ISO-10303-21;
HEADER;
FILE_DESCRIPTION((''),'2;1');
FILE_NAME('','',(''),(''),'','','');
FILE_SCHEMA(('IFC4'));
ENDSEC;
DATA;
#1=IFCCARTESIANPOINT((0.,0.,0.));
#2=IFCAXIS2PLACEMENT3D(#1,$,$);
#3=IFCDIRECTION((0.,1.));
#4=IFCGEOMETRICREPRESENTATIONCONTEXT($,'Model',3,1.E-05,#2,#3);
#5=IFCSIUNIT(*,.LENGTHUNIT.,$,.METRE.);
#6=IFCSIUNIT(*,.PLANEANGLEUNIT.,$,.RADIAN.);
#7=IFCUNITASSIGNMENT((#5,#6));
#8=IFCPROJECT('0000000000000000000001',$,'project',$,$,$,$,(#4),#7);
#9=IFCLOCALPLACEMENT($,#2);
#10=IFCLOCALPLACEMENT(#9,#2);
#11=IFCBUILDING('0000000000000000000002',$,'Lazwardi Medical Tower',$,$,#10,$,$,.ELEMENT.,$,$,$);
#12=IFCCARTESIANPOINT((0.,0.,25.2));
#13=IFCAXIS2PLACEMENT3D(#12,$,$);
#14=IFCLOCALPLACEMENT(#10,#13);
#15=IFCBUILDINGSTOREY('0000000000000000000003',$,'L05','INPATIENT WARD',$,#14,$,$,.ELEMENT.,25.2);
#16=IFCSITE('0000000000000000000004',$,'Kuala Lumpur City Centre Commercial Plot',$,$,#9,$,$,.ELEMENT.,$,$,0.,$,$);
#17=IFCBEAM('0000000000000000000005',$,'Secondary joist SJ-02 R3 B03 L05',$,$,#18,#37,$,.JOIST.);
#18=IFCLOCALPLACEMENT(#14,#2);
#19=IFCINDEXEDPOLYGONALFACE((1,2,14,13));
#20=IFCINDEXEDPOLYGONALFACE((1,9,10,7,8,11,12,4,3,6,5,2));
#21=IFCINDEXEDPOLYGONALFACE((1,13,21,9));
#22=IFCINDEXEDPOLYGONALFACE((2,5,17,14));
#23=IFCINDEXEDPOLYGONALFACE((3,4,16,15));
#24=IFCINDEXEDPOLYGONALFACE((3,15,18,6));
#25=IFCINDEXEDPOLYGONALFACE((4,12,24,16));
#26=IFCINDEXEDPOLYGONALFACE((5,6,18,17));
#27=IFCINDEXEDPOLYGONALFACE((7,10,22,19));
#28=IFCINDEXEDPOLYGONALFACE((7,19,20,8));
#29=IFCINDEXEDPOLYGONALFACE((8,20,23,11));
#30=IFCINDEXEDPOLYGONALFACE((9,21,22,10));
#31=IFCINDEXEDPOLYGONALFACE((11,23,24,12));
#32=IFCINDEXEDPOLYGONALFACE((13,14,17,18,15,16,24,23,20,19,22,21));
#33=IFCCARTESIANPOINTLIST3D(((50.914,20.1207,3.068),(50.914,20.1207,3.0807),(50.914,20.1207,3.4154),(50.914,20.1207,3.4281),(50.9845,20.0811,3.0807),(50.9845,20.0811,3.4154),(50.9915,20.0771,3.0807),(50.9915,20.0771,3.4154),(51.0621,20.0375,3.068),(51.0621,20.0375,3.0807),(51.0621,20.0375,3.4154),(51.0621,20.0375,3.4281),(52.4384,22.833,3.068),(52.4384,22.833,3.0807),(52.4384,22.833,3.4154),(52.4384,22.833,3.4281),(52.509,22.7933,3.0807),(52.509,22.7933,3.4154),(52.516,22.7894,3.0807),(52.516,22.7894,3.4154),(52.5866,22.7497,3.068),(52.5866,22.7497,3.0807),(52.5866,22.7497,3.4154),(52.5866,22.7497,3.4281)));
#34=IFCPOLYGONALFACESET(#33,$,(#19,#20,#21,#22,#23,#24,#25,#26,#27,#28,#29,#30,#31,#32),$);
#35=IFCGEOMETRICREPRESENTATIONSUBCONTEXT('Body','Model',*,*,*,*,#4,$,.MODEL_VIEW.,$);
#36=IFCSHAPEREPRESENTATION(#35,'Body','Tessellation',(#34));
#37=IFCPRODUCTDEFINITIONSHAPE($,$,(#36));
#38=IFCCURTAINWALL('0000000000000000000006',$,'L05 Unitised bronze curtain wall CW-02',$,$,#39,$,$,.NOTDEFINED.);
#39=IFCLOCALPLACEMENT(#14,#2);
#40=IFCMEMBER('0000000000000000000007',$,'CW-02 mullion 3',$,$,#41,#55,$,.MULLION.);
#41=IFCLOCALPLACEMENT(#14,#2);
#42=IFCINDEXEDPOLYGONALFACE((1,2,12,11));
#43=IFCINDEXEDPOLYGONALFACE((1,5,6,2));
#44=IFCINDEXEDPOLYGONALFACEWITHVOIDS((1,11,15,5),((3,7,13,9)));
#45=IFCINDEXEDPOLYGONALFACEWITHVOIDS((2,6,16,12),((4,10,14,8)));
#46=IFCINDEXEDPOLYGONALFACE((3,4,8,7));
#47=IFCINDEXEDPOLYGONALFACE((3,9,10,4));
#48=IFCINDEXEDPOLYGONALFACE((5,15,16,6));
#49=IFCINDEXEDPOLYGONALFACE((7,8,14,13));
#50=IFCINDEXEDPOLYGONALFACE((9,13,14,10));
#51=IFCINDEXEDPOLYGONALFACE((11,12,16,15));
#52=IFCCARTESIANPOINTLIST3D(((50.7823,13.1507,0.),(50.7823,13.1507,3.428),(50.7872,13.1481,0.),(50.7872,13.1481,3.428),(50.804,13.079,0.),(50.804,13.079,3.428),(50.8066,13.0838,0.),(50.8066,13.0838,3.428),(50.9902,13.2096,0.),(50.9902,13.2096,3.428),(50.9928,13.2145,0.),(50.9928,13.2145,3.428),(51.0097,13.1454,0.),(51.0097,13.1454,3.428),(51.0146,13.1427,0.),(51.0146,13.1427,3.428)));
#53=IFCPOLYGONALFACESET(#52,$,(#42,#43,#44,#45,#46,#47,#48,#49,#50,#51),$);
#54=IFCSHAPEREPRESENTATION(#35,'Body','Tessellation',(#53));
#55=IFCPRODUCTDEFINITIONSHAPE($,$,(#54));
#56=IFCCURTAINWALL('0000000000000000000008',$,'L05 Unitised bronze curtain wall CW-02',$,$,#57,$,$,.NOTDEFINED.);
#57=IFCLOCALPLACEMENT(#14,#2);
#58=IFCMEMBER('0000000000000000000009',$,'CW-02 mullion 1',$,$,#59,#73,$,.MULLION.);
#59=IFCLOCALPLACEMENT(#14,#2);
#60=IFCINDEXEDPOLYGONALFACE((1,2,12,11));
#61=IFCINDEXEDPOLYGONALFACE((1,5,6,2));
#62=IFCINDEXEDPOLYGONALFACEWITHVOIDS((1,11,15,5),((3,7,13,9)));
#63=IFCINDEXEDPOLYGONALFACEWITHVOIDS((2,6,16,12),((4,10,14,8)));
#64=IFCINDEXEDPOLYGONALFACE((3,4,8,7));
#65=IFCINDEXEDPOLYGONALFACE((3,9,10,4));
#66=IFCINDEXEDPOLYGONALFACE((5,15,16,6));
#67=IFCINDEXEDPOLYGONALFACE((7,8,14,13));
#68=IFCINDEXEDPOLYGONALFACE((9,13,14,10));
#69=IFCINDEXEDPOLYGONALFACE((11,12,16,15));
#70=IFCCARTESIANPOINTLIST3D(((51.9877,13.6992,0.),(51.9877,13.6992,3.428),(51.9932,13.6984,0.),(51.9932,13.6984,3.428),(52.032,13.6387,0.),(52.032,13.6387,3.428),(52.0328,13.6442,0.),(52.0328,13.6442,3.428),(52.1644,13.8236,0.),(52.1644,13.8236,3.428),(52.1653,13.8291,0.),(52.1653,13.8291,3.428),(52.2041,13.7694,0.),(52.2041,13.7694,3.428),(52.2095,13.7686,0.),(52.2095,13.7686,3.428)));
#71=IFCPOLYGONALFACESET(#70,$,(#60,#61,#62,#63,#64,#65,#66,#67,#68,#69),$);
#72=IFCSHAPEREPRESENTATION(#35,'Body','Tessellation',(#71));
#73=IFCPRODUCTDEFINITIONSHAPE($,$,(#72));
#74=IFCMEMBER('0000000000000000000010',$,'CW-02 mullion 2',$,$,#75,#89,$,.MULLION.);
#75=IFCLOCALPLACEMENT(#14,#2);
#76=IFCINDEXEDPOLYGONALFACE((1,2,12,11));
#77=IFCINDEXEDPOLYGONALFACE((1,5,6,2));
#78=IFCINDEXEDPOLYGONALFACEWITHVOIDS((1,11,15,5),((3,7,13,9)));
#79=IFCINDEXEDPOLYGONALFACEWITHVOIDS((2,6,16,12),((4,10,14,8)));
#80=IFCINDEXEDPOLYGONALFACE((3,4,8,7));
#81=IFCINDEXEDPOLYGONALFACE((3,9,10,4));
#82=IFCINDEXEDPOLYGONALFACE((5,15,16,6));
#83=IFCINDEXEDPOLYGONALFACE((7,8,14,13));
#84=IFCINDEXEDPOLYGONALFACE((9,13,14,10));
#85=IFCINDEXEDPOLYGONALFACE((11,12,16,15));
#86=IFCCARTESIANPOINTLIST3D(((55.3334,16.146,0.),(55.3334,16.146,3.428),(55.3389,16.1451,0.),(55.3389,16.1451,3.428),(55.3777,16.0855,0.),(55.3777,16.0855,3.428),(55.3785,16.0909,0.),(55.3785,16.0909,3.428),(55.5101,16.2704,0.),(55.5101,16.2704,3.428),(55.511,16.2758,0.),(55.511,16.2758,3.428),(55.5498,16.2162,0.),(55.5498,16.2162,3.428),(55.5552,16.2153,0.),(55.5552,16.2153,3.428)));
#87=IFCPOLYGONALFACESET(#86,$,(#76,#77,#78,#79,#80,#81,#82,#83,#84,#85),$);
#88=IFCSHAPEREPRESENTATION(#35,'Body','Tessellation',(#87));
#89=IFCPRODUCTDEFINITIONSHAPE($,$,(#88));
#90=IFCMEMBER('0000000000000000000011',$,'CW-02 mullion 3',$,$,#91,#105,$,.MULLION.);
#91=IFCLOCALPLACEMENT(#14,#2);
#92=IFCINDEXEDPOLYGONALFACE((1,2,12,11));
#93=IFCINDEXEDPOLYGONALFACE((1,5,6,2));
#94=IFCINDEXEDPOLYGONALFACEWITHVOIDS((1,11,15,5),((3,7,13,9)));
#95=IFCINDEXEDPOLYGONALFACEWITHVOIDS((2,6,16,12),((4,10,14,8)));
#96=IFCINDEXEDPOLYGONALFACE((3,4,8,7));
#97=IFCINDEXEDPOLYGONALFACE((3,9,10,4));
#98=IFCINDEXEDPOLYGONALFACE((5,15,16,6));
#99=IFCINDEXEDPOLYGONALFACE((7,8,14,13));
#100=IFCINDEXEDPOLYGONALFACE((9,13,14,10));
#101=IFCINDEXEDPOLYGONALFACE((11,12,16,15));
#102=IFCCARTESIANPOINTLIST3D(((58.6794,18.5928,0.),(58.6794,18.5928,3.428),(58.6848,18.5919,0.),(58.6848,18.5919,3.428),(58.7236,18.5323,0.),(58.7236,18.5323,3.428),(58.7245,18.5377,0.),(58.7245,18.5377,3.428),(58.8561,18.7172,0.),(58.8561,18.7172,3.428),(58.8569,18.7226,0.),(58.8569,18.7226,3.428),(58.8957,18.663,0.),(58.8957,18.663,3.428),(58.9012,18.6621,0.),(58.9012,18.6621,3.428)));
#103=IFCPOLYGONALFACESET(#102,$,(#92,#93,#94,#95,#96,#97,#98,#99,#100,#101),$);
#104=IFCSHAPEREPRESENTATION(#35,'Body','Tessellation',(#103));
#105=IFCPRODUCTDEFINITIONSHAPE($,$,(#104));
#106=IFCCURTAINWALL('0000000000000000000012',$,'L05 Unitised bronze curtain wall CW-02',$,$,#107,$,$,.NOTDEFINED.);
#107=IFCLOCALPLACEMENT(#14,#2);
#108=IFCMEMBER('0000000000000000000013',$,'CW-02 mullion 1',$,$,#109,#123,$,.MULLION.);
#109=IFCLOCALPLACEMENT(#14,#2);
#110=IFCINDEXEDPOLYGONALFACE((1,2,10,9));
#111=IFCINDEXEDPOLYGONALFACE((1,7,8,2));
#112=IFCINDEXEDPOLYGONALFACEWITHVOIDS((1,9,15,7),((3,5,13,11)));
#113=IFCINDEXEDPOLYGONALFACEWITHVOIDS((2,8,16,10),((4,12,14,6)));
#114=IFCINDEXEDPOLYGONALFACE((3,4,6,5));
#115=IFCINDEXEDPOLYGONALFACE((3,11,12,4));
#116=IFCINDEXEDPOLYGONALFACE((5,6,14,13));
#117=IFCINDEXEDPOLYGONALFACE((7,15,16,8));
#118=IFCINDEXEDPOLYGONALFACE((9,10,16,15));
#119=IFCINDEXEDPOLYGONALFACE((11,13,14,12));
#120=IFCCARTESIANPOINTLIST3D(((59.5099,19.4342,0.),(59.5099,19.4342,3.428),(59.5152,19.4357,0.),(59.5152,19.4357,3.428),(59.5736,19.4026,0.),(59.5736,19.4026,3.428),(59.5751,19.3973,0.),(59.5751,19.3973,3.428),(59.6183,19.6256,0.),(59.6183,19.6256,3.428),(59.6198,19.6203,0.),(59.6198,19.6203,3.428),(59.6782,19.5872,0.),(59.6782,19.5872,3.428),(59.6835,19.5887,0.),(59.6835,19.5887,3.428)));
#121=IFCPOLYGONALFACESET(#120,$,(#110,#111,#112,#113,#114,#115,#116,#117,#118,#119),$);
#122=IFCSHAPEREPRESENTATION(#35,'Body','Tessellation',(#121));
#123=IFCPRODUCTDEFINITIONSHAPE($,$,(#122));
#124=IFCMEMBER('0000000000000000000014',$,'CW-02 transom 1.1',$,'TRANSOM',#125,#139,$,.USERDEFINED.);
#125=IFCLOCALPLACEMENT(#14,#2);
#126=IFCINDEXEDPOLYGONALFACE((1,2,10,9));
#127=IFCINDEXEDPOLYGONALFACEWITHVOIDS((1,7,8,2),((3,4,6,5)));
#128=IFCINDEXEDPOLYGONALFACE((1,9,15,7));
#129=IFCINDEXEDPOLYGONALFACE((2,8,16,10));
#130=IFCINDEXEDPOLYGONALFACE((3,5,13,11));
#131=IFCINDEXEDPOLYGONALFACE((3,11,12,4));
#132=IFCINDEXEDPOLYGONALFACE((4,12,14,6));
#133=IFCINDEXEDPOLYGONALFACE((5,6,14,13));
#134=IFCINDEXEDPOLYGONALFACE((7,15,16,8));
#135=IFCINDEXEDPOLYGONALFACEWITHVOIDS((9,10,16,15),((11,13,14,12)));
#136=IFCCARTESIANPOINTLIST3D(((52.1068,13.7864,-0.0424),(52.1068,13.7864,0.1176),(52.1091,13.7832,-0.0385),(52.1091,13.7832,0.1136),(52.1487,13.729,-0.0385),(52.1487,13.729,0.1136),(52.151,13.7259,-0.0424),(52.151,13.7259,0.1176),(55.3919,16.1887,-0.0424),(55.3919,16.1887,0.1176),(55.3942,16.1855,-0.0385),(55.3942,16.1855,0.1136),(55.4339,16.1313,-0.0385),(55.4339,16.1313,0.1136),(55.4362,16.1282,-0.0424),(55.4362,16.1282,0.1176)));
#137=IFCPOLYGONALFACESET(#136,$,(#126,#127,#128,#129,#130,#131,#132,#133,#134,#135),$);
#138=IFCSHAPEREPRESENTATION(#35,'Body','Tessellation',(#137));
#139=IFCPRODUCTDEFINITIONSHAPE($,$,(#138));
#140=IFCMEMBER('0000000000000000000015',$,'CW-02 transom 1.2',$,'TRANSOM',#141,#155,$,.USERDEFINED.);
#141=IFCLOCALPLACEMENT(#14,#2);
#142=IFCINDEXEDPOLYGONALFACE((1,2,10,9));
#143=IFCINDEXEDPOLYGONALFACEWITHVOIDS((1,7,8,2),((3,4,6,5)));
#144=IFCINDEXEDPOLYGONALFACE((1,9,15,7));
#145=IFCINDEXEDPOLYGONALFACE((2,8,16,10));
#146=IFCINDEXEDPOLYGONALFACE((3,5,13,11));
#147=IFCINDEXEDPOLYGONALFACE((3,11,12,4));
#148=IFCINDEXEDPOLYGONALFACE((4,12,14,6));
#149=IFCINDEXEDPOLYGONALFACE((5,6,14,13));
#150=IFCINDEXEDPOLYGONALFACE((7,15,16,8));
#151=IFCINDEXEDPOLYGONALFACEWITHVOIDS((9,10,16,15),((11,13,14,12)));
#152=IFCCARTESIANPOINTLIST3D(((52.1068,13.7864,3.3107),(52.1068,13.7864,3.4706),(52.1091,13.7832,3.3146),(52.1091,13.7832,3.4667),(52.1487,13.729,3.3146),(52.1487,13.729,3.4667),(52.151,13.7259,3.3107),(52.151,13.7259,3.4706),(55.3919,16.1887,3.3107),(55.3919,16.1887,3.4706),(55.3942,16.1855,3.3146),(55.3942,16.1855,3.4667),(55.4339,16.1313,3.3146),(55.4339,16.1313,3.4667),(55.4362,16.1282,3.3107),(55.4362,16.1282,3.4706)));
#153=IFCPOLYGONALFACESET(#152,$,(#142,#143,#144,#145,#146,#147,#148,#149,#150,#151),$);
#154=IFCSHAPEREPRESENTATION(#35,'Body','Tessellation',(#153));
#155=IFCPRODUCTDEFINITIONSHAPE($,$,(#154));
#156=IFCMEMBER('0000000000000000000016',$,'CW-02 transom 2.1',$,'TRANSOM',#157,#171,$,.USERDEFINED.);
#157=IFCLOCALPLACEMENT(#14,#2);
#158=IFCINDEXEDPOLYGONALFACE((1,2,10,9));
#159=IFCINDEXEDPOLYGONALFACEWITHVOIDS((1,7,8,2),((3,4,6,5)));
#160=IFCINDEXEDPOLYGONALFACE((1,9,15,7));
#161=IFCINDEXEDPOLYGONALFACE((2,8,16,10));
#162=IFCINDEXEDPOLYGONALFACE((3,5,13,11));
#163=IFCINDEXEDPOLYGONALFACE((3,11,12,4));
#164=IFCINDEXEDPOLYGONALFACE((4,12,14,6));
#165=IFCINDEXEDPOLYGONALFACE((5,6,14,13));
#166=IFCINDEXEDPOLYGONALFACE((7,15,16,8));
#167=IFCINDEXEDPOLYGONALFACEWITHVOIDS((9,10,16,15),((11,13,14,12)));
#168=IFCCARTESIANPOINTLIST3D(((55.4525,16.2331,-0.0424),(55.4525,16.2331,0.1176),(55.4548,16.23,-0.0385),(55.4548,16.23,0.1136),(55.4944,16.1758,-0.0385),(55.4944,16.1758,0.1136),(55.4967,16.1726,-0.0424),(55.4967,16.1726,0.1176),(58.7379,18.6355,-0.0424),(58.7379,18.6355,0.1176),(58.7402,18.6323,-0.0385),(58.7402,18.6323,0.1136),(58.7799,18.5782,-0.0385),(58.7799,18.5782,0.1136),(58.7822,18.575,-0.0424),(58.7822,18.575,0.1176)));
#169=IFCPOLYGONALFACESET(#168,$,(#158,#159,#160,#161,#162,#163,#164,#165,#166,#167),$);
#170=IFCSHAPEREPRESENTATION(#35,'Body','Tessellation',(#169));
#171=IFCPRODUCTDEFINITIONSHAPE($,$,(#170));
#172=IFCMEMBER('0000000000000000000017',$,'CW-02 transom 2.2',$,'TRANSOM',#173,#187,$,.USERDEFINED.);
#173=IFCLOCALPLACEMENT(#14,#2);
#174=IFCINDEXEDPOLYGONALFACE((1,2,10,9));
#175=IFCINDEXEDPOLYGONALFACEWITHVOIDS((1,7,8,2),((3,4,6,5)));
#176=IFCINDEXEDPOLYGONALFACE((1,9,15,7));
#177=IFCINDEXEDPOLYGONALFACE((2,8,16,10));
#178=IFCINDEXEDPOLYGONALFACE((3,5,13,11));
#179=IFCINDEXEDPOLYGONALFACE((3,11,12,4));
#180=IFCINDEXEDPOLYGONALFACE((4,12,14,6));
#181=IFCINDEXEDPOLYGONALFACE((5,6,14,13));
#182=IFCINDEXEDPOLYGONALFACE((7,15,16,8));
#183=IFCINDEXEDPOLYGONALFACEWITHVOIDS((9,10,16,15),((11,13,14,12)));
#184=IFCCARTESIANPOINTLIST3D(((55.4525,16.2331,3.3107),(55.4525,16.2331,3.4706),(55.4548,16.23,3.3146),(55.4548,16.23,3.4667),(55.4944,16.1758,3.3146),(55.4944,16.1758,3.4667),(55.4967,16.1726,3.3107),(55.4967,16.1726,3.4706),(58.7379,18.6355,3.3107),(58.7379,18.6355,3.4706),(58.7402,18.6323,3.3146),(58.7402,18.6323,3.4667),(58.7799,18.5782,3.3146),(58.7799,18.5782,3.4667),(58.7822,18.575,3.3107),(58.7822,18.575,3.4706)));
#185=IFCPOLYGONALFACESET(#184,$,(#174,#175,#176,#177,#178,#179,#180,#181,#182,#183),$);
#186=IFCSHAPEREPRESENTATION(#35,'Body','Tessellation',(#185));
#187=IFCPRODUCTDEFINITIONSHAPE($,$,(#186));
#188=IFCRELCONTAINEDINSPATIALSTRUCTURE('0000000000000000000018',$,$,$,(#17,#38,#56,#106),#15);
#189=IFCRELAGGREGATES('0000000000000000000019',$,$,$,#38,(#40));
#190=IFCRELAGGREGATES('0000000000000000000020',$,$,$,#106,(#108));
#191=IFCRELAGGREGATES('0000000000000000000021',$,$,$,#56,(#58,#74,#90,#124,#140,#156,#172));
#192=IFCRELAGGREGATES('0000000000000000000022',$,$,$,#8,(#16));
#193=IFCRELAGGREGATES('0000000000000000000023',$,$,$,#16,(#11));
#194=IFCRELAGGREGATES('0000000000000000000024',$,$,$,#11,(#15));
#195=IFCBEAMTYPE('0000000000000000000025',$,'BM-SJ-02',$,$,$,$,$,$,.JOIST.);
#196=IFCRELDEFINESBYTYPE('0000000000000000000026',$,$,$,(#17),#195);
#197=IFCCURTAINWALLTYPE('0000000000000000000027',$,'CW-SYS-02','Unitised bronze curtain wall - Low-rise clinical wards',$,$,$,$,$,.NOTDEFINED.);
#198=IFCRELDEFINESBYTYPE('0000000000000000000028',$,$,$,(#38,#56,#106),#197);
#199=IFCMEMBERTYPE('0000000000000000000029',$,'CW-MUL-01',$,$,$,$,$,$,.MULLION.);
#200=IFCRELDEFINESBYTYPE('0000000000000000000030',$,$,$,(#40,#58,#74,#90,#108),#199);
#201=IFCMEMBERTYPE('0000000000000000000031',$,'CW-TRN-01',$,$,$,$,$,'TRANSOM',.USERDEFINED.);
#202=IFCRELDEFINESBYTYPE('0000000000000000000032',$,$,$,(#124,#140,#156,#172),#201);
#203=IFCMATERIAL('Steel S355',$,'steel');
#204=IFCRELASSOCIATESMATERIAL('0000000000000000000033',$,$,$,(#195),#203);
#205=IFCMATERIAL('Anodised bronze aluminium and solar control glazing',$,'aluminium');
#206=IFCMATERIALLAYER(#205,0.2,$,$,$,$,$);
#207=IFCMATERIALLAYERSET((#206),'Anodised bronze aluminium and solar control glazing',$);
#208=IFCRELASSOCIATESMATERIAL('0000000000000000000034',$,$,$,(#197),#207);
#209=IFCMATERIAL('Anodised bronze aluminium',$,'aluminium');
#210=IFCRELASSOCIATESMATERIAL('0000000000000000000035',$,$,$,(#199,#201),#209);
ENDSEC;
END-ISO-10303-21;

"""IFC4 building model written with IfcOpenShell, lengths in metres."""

from ifc_helpers import new_model, si_unit, direction, frame, origin, origin_2d, place, context, subcontext, project, spatial, hollow_rectangle, i_section, extrude, material, layer, layer_set, material_profile, profile_set, type_object, element, aggregate, save


model = new_model("IFC4")

# Units and contexts
model_context = context("Model", 3, precision=1e-05, world=origin(), true_north=direction((0.0, 1.0)))
body_context = subcontext(model_context, "Body", "Model", "MODEL_VIEW")
ifc_project = project(units=[si_unit("LENGTHUNIT", "METRE"), si_unit("PLANEANGLEUNIT", "RADIAN")], contexts=[model_context])

# Site, building, storey
site_placement = place(None, origin())
site = spatial("IfcSite", under=ifc_project, at=site_placement, Name="Kuala Lumpur City Centre Commercial Plot", CompositionType="ELEMENT", RefElevation=0.0)
building_placement = place(site_placement, origin())
building = spatial("IfcBuilding", under=site, at=building_placement, Name="Lazwardi Medical Tower", CompositionType="ELEMENT")
storey_placement = place(building_placement, frame((0.0, 0.0, 25.2)))
storey = spatial("IfcBuildingStorey", under=building, at=storey_placement, Name="L05", Description="INPATIENT WARD", CompositionType="ELEMENT", Elevation=25.2)

# Beam
ifc_material_1 = material(Name="Steel S355", Category="steel")
ifc_material_profile_1 = material_profile(ifc_material_1, i_section(OverallWidth=0.1699, OverallDepth=0.3601, WebThickness=0.0081, FlangeThickness=0.0127, at=origin_2d()), Name="IPE 360")
ifc_profile_set_1 = profile_set([ifc_material_profile_1], Name="Steel S355")
beam_type_1 = type_object("IfcBeamType", Name="BM-SJ-02", PredefinedType="JOIST", material=ifc_profile_set_1)
beam_1_placement = place(storey_placement, frame((50.988, 20.0791, 3.248), z_axis=(0.489974, 0.871737, 0.0), x_axis=(-0.871737, 0.489974, 0.0)))
element("IfcBeam", 1, at=beam_1_placement, inside=storey, type_object=beam_type_1, Name="Secondary joist SJ-02 R3 B03 L05", PredefinedType="JOIST", context=body_context, shape_type="SweptSolid", body=[
    extrude(i_section(OverallWidth=0.1699, OverallDepth=0.3601, WebThickness=0.0081, FlangeThickness=0.0127, at=origin_2d()), origin(), (0.0, 0.0, 1.0), 3.1113),
])

# Curtain wall, member
ifc_material_2 = material(Name="Anodised bronze aluminium and solar control glazing", Category="aluminium")
ifc_layer_1 = layer(ifc_material_2, 0.2)
ifc_layer_set_1 = layer_set([ifc_layer_1], Name="Anodised bronze aluminium and solar control glazing")
curtain_wall_type = type_object("IfcCurtainWallType", Name="CW-SYS-02", Description="Unitised bronze curtain wall - Low-rise clinical wards", PredefinedType="NOTDEFINED", material=ifc_layer_set_1)
curtain_wall_1_placement = place(storey_placement, origin())
curtain_wall_1 = element("IfcCurtainWall", 2, at=curtain_wall_1_placement, inside=storey, type_object=curtain_wall_type, Name="L05 Unitised bronze curtain wall CW-02", PredefinedType="NOTDEFINED")
ifc_material_3 = material(Name="Anodised bronze aluminium", Category="aluminium")
ifc_material_profile_2 = material_profile(ifc_material_3, hollow_rectangle(XDim=0.075, YDim=0.22, WallThickness=0.0039, at=origin_2d()), Name="ALU-MULLION 220x75x4")
ifc_profile_set_2 = profile_set([ifc_material_profile_2], Name="Anodised bronze aluminium")
member_type_1 = type_object("IfcMemberType", Name="CW-MUL-01", PredefinedType="MULLION", material=ifc_profile_set_2)
member_1_placement = place(storey_placement, frame((50.8984, 13.1467, 0.0), z_axis=(0.0, 0.0, 1.0), x_axis=(-0.289896, 0.957058, 0.0)))
member_1 = element("IfcMember", 3, at=member_1_placement, type_object=member_type_1, Name="CW-02 mullion 3", PredefinedType="MULLION", context=body_context, shape_type="SweptSolid", body=[
    extrude(hollow_rectangle(XDim=0.075, YDim=0.22, WallThickness=0.0039, at=origin_2d()), origin(), (0.0, 0.0, 1.0), 3.428),
])
aggregate(curtain_wall_1, [member_1])

# Curtain wall, members
curtain_wall_2_placement = place(storey_placement, origin())
curtain_wall_2 = element("IfcCurtainWall", 4, at=curtain_wall_2_placement, inside=storey, type_object=curtain_wall_type, Name="L05 Unitised bronze curtain wall CW-02", PredefinedType="NOTDEFINED")
member_2_placement = place(storey_placement, frame((52.0986, 13.7339, 0.0), z_axis=(0.0, 0.0, 1.0), x_axis=(-0.590289, 0.807192, 0.0)))
member_2 = element("IfcMember", 5, at=member_2_placement, type_object=member_type_1, Name="CW-02 mullion 1", PredefinedType="MULLION", context=body_context, shape_type="SweptSolid", body=[
    extrude(hollow_rectangle(XDim=0.075, YDim=0.22, WallThickness=0.0039, at=origin_2d()), origin(), (0.0, 0.0, 1.0), 3.428),
])
member_3_placement = place(storey_placement, frame((55.4443, 16.1807, 0.0), z_axis=(0.0, 0.0, 1.0), x_axis=(-0.590289, 0.807192, 0.0)))
member_3 = element("IfcMember", 6, at=member_3_placement, type_object=member_type_1, Name="CW-02 mullion 2", PredefinedType="MULLION", context=body_context, shape_type="SweptSolid", body=[
    extrude(hollow_rectangle(XDim=0.075, YDim=0.22, WallThickness=0.0039, at=origin_2d()), origin(), (0.0, 0.0, 1.0), 3.428),
])
member_4_placement = place(storey_placement, frame((58.7903, 18.6274, 0.0), z_axis=(0.0, 0.0, 1.0), x_axis=(-0.590289, 0.807192, 0.0)))
member_4 = element("IfcMember", 7, at=member_4_placement, type_object=member_type_1, Name="CW-02 mullion 3", PredefinedType="MULLION", context=body_context, shape_type="SweptSolid", body=[
    extrude(hollow_rectangle(XDim=0.075, YDim=0.22, WallThickness=0.0039, at=origin_2d()), origin(), (0.0, 0.0, 1.0), 3.428),
])

# Curtain wall, member
curtain_wall_3_placement = place(storey_placement, origin())
curtain_wall_3 = element("IfcCurtainWall", 8, at=curtain_wall_3_placement, inside=storey, type_object=curtain_wall_type, Name="L05 Unitised bronze curtain wall CW-02", PredefinedType="NOTDEFINED")
member_5_placement = place(storey_placement, frame((59.5967, 19.5115, 0.0), z_axis=(0.0, 0.0, 1.0), x_axis=(-0.870112, 0.492854, 0.0)))
member_5 = element("IfcMember", 9, at=member_5_placement, type_object=member_type_1, Name="CW-02 mullion 1", PredefinedType="MULLION", context=body_context, shape_type="SweptSolid", body=[
    extrude(hollow_rectangle(XDim=0.075, YDim=0.22, WallThickness=0.0039, at=origin_2d()), origin(), (0.0, 0.0, 1.0), 3.428),
])

# Members
ifc_material_profile_3 = material_profile(ifc_material_3, hollow_rectangle(XDim=0.075, YDim=0.1599, WallThickness=0.0039, at=origin_2d()), Name="ALU-TRANSOM 160x75x4")
ifc_profile_set_3 = profile_set([ifc_material_profile_3], Name="Anodised bronze aluminium")
member_type_2 = type_object("IfcMemberType", Name="CW-TRN-01", ElementType="TRANSOM", PredefinedType="USERDEFINED", material=ifc_profile_set_3)
member_6_placement = place(storey_placement, frame((52.1289, 13.7561, 0.0376), z_axis=(0.807198, 0.590281, 0.0), x_axis=(-0.590281, 0.807198, 0.0)))
member_6 = element("IfcMember", 10, at=member_6_placement, type_object=member_type_2, Name="CW-02 transom 1.1", ObjectType="TRANSOM", PredefinedType="USERDEFINED", context=body_context, shape_type="SweptSolid", body=[
    extrude(hollow_rectangle(XDim=0.075, YDim=0.1599, WallThickness=0.0039, at=origin_2d()), origin(), (0.0, 0.0, 1.0), 4.0698),
])
member_7_placement = place(storey_placement, frame((52.1289, 13.7561, 3.3906), z_axis=(0.807198, 0.590281, 0.0), x_axis=(-0.590281, 0.807198, 0.0)))
member_7 = element("IfcMember", 11, at=member_7_placement, type_object=member_type_2, Name="CW-02 transom 1.2", ObjectType="TRANSOM", PredefinedType="USERDEFINED", context=body_context, shape_type="SweptSolid", body=[
    extrude(hollow_rectangle(XDim=0.075, YDim=0.1599, WallThickness=0.0039, at=origin_2d()), origin(), (0.0, 0.0, 1.0), 4.0698),
])
member_8_placement = place(storey_placement, frame((55.4746, 16.2029, 0.0376), z_axis=(0.807219, 0.590253, 0.0), x_axis=(-0.590253, 0.807219, 0.0)))
member_8 = element("IfcMember", 12, at=member_8_placement, type_object=member_type_2, Name="CW-02 transom 2.1", ObjectType="TRANSOM", PredefinedType="USERDEFINED", context=body_context, shape_type="SweptSolid", body=[
    extrude(hollow_rectangle(XDim=0.075, YDim=0.1599, WallThickness=0.0039, at=origin_2d()), origin(), (0.0, 0.0, 1.0), 4.0701),
])
member_9_placement = place(storey_placement, frame((55.4746, 16.2029, 3.3906), z_axis=(0.807219, 0.590253, 0.0), x_axis=(-0.590253, 0.807219, 0.0)))
member_9 = element("IfcMember", 13, at=member_9_placement, type_object=member_type_2, Name="CW-02 transom 2.2", ObjectType="TRANSOM", PredefinedType="USERDEFINED", context=body_context, shape_type="SweptSolid", body=[
    extrude(hollow_rectangle(XDim=0.075, YDim=0.1599, WallThickness=0.0039, at=origin_2d()), origin(), (0.0, 0.0, 1.0), 4.0701),
])
aggregate(curtain_wall_3, [member_5])

aggregate(curtain_wall_2, [member_2, member_3, member_4, member_6, member_7, member_8, member_9])

save(model, "model.ifc")
